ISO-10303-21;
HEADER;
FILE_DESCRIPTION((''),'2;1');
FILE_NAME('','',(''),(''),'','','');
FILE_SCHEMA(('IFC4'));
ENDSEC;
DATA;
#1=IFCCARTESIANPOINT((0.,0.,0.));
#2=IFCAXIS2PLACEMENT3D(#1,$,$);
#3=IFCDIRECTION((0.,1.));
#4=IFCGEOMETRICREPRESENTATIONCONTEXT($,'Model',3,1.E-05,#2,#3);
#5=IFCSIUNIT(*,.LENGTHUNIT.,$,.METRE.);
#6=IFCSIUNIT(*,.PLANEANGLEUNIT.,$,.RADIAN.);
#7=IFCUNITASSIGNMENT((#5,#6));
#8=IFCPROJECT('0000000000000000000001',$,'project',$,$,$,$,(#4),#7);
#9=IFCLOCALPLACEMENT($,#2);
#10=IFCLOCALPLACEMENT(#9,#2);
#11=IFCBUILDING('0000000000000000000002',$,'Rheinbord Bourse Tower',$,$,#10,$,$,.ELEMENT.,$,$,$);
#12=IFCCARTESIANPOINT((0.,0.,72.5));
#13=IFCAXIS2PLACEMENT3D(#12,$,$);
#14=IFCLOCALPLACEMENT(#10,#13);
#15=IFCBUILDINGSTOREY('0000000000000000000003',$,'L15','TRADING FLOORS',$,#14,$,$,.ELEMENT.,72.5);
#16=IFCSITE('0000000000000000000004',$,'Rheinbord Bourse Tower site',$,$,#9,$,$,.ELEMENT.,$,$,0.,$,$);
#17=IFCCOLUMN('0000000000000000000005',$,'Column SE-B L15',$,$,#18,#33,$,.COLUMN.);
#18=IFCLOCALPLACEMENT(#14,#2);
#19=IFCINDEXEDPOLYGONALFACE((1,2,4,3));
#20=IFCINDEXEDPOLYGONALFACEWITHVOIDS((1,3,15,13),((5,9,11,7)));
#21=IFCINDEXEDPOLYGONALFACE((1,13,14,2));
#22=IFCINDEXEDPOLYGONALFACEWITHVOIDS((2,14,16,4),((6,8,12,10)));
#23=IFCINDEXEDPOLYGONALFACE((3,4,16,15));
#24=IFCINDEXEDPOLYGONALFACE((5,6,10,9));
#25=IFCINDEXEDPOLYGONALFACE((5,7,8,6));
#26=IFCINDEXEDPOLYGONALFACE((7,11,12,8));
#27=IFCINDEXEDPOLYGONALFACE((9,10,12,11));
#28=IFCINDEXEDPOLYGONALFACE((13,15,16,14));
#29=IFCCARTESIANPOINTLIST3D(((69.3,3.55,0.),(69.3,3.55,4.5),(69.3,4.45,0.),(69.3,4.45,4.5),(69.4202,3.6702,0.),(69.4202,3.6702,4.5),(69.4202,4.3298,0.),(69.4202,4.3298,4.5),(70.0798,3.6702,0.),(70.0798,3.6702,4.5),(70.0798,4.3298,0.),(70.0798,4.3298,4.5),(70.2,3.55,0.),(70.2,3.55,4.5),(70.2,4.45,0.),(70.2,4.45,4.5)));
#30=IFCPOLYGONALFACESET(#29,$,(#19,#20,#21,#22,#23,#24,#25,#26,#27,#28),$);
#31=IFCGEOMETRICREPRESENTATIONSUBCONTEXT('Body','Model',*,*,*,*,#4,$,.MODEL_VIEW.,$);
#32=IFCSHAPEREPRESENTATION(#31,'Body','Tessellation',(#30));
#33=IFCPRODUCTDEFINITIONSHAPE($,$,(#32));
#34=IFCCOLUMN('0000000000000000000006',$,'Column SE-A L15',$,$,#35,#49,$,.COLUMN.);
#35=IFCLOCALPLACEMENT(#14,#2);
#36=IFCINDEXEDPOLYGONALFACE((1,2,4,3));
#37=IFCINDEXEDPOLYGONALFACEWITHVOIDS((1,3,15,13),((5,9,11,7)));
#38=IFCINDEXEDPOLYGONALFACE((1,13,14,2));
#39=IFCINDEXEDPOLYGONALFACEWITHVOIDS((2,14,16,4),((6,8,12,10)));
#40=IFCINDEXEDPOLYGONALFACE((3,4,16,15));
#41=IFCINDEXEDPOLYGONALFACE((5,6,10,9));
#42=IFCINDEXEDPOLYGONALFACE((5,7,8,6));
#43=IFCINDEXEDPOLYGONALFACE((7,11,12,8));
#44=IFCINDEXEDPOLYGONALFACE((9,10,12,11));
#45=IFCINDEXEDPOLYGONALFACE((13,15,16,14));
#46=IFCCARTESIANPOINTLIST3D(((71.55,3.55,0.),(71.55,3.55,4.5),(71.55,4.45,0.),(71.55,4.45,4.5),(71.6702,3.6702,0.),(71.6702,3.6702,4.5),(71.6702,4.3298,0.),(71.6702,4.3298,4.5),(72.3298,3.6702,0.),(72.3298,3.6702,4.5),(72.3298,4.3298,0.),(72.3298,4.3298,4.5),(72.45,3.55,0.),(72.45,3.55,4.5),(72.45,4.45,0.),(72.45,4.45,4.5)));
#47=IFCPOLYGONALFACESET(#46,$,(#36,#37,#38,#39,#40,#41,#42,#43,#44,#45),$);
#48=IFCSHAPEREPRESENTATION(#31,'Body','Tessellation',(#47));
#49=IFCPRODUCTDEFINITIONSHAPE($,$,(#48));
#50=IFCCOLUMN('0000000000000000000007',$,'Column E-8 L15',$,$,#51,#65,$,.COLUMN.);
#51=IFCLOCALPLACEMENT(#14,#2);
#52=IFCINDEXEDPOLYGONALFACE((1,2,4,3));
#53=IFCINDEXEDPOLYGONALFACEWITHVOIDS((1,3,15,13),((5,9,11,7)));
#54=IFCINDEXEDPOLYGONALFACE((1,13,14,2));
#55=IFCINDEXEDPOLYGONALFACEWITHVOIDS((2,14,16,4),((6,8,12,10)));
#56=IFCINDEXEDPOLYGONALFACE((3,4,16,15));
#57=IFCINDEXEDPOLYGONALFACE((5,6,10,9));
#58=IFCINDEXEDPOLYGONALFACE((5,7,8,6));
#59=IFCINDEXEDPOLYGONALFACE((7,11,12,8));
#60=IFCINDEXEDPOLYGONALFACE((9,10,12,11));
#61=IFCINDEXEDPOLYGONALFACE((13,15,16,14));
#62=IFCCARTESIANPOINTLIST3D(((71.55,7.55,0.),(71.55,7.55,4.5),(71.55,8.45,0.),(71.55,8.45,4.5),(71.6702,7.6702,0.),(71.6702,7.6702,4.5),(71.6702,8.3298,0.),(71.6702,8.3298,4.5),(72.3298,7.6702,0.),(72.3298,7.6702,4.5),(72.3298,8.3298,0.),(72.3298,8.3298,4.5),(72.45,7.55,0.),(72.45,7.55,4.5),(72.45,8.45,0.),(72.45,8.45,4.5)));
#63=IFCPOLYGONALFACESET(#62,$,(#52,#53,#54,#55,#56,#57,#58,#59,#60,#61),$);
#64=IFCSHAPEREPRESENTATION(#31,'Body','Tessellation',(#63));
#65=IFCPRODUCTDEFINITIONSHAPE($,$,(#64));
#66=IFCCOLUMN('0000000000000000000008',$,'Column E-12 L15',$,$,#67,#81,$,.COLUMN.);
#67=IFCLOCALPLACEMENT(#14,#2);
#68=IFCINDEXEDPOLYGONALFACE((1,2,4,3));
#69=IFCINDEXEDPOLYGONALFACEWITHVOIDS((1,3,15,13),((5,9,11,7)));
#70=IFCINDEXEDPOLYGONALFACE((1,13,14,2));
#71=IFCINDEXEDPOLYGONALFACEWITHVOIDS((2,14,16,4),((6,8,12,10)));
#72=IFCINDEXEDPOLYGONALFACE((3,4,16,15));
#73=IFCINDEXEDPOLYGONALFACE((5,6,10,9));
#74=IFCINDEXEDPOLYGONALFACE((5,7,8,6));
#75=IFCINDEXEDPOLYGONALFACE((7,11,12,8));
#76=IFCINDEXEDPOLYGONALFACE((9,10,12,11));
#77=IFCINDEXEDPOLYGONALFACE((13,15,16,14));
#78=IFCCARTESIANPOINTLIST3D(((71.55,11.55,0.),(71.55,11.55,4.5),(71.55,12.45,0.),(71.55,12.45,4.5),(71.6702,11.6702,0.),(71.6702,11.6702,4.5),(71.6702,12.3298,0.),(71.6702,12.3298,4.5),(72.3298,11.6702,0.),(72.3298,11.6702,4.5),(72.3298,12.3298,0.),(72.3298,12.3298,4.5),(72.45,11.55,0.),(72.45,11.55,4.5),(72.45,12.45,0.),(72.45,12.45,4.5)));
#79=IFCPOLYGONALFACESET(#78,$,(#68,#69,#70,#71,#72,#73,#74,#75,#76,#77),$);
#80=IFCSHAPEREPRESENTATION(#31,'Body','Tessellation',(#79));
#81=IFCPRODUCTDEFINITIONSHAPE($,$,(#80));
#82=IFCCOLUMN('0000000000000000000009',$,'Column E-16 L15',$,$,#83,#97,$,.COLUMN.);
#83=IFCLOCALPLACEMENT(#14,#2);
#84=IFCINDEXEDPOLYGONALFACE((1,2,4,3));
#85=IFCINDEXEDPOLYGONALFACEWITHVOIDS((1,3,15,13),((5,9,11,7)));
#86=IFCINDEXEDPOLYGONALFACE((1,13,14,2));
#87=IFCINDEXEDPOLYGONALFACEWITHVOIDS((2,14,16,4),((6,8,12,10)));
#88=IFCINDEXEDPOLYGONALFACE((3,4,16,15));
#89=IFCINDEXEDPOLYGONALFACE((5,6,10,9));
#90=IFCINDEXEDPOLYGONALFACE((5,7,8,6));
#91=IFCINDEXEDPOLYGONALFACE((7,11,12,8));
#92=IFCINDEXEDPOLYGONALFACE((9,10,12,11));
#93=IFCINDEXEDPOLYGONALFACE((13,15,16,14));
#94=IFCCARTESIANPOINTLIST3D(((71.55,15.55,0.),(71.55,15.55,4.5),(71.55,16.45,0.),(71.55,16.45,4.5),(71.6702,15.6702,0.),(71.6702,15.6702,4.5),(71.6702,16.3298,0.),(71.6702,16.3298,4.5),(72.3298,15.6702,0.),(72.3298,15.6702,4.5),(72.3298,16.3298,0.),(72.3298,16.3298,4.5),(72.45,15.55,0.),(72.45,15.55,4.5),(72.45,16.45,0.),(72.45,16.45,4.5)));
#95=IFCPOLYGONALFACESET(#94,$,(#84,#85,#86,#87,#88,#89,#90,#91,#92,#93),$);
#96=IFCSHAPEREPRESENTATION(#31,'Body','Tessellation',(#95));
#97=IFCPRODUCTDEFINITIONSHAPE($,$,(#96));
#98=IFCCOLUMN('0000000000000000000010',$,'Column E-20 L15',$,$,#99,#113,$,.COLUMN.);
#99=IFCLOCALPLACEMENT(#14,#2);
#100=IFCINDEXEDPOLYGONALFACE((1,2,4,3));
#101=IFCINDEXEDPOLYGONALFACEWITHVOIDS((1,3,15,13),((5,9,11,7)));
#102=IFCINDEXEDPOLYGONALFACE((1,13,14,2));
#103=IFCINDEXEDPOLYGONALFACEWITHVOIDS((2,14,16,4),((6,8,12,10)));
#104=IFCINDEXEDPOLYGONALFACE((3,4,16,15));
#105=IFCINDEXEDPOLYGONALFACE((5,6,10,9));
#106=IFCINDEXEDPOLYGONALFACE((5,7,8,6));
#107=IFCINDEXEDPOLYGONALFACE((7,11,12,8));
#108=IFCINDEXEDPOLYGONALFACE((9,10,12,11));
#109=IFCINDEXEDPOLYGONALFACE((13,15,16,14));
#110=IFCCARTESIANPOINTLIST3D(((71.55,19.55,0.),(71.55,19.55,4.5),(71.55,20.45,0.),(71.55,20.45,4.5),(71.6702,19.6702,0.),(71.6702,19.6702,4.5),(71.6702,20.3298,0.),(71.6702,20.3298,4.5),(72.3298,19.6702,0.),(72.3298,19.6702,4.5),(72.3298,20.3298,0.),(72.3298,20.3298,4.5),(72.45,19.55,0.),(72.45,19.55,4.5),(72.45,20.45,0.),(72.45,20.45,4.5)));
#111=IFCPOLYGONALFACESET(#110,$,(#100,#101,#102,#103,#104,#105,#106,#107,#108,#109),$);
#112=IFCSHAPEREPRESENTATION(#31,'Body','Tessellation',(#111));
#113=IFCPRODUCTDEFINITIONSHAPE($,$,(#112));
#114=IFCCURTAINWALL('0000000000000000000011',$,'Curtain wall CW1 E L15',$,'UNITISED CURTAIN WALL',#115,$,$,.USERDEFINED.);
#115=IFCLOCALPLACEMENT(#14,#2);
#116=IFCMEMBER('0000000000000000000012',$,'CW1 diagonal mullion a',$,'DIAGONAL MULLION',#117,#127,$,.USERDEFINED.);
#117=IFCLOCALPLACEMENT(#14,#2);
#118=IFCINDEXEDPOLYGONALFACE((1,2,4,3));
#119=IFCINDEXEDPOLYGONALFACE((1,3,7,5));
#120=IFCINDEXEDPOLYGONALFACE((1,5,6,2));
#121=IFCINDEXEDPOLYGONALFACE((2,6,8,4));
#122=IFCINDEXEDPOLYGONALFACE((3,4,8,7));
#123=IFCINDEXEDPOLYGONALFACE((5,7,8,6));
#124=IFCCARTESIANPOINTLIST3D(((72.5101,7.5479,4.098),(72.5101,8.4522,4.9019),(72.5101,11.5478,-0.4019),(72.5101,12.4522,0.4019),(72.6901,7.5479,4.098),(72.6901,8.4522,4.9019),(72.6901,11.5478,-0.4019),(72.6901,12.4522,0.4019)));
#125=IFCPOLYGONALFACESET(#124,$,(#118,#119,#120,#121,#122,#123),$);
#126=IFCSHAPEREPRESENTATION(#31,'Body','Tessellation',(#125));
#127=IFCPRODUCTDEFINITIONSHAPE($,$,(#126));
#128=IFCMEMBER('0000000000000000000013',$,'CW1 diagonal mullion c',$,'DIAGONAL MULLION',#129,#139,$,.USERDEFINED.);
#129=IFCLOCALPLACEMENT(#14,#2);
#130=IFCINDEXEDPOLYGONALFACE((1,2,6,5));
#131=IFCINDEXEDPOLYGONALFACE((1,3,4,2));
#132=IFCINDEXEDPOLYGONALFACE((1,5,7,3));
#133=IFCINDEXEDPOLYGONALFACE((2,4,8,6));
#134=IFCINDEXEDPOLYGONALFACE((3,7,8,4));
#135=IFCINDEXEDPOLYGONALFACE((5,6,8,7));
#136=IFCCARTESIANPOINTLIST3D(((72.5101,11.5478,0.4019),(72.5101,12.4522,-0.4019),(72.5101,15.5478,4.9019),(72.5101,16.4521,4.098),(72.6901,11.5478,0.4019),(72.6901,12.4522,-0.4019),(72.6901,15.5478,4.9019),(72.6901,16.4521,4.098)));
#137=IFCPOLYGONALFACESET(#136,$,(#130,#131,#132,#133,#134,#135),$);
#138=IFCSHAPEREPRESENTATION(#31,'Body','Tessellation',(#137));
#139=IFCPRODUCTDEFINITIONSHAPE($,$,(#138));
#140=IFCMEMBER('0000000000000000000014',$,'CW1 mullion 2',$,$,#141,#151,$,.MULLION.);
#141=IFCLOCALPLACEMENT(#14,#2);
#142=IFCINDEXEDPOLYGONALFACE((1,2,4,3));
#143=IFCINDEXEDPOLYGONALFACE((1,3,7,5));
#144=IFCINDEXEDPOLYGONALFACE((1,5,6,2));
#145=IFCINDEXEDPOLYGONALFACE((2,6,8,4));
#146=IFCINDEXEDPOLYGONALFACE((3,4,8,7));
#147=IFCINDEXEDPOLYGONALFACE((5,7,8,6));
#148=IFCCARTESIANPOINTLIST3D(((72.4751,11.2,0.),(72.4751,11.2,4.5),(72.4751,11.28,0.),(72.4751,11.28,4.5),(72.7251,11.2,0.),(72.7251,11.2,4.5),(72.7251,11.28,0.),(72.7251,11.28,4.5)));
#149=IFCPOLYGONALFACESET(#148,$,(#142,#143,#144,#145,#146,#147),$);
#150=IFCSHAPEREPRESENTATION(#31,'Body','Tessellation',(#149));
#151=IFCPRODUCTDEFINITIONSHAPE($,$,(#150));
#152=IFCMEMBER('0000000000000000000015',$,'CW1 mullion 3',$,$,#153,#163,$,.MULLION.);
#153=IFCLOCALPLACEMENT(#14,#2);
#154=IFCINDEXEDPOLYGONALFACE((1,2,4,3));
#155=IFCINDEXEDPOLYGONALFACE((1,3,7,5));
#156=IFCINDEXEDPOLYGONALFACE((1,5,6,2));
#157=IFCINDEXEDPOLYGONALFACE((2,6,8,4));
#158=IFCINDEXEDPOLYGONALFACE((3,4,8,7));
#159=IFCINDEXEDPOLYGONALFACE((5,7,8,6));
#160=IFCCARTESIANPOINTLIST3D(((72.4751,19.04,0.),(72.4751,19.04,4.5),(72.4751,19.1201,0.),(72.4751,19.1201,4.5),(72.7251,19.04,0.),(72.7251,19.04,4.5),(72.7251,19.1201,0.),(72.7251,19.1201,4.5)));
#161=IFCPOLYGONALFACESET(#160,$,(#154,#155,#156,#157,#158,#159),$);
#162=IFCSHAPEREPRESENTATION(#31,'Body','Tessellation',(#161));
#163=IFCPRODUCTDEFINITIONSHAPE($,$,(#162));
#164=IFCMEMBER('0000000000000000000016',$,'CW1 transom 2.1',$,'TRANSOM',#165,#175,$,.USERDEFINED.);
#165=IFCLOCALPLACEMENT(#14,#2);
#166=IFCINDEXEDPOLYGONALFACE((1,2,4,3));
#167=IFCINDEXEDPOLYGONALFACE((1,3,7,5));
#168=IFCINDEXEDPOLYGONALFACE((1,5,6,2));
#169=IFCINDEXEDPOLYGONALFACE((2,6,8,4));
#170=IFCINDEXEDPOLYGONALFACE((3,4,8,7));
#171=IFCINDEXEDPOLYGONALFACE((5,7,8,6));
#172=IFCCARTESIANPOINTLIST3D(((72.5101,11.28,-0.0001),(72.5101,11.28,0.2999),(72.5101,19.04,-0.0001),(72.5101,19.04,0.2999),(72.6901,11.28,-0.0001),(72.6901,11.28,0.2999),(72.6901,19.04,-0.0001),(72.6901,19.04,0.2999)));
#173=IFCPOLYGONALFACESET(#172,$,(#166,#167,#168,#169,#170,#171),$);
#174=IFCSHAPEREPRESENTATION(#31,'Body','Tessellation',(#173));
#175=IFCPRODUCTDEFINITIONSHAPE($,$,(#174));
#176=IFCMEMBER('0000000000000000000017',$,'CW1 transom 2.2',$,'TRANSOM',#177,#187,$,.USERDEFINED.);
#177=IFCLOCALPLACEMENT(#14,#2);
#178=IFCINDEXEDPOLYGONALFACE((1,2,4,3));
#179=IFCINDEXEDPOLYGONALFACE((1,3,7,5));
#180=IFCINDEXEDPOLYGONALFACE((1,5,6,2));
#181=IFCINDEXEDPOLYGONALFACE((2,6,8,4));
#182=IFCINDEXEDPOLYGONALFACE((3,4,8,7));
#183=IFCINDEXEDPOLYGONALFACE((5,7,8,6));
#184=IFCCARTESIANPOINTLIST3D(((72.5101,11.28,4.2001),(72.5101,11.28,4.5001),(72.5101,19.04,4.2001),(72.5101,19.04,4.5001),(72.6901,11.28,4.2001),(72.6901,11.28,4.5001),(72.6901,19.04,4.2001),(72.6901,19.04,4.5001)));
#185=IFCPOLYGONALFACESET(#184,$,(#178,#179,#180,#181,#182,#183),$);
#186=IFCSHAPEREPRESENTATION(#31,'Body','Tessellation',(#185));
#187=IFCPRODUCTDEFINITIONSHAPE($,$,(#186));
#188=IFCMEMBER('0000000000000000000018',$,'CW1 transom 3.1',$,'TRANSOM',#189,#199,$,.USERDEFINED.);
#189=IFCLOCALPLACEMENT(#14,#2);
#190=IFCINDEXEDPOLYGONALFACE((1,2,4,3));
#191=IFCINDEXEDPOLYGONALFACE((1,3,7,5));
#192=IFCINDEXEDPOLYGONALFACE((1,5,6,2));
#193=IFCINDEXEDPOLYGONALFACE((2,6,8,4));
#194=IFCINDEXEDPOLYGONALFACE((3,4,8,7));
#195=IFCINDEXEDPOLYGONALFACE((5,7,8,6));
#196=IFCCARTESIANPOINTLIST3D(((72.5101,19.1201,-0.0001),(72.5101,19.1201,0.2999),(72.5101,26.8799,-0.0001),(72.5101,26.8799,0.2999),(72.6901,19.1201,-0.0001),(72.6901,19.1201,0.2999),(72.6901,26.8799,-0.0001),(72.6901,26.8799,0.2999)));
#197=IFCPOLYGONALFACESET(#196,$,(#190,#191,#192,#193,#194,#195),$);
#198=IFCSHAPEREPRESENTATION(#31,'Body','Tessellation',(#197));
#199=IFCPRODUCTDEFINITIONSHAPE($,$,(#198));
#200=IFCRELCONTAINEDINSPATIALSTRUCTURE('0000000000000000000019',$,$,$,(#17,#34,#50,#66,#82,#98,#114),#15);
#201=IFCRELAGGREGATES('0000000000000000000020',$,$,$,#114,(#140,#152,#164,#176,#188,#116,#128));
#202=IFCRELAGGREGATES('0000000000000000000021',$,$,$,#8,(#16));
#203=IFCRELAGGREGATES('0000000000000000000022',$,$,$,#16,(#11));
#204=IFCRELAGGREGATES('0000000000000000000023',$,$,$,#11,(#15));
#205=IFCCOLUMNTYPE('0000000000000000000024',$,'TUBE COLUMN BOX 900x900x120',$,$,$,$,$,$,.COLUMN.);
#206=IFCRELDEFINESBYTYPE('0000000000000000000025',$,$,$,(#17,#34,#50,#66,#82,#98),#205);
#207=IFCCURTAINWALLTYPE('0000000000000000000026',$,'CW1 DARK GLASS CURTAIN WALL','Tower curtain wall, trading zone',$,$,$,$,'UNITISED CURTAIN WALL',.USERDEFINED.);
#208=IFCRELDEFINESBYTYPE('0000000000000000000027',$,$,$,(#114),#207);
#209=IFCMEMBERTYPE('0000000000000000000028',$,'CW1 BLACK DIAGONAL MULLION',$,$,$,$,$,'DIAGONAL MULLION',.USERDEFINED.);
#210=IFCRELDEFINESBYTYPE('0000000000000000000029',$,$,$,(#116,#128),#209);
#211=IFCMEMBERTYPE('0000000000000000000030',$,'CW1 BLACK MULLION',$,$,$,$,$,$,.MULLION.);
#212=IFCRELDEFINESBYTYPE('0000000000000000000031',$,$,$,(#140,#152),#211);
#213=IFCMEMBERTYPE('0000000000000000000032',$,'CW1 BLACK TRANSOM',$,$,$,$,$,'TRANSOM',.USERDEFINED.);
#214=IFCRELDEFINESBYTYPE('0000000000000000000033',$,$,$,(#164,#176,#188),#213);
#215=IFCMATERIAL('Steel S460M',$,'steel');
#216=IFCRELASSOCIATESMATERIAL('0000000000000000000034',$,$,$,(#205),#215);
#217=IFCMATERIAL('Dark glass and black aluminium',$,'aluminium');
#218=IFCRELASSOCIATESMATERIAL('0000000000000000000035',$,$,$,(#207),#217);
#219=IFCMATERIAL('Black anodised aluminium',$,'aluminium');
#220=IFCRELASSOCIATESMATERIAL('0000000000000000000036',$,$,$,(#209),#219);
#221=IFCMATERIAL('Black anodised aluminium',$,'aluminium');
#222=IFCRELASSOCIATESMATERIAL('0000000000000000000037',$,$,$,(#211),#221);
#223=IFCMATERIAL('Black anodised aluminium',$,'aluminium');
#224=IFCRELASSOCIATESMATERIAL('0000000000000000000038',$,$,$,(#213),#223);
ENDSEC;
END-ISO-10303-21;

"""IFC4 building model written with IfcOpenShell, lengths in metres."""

from ifc_helpers import new_model, si_unit, direction, frame, origin, origin_2d, place, context, subcontext, project, spatial, rectangle, hollow_rectangle, extrude, material, material_profile, profile_set, type_object, element, aggregate, save


model = new_model("IFC4")

# Units and contexts
model_context = context("Model", 3, precision=1e-05, world=origin(), true_north=direction((0.0, 1.0)))
body_context = subcontext(model_context, "Body", "Model", "MODEL_VIEW")
ifc_project = project(units=[si_unit("LENGTHUNIT", "METRE"), si_unit("PLANEANGLEUNIT", "RADIAN")], contexts=[model_context])

# Site, building, storey
site_placement = place(None, origin())
site = spatial("IfcSite", under=ifc_project, at=site_placement, Name="Rheinbord Bourse Tower site", CompositionType="ELEMENT", RefElevation=0.0)
building_placement = place(site_placement, origin())
building = spatial("IfcBuilding", under=site, at=building_placement, Name="Rheinbord Bourse Tower", CompositionType="ELEMENT")
storey_placement = place(building_placement, frame((0.0, 0.0, 72.5)))
storey = spatial("IfcBuildingStorey", under=building, at=storey_placement, Name="L15", Description="TRADING FLOORS", CompositionType="ELEMENT", Elevation=72.5)

# Columns
ifc_material_1 = material(Name="Steel S460M", Category="steel")
ifc_material_profile_1 = material_profile(ifc_material_1, hollow_rectangle(XDim=0.8999, YDim=0.8999, WallThickness=0.1201, at=origin_2d()), Name="BOX 900x900x120")
ifc_profile_set_1 = profile_set([ifc_material_profile_1], Name="Steel S460M")
column_type = type_object("IfcColumnType", Name="TUBE COLUMN BOX 900x900x120", PredefinedType="COLUMN", material=ifc_profile_set_1)
for number, where, z_axis, x_axis, name in (
    (1, (69.75, 4.0, 0.0), (0.0, 0.0, 1.0), (1.0, 0.0, 0.0), "Column SE-B L15"),
    (2, (72.0, 4.0, 0.0), (0.0, 0.0, 1.0), (1.0, 0.0, 0.0), "Column SE-A L15"),
    (3, (72.0, 8.0, 0.0), (0.0, 0.0, 1.0), (1.0, 0.0, 0.0), "Column E-8 L15"),
    (4, (72.0, 12.0, 0.0), (0.0, 0.0, 1.0), (1.0, 0.0, 0.0), "Column E-12 L15"),
    (5, (72.0, 16.0, 0.0), (0.0, 0.0, 1.0), (1.0, 0.0, 0.0), "Column E-16 L15"),
    (6, (72.0, 20.0, 0.0), (0.0, 0.0, 1.0), (1.0, 0.0, 0.0), "Column E-20 L15"),
):
    element("IfcColumn", number, at=place(storey_placement, frame(where, z_axis=z_axis, x_axis=x_axis)), inside=storey, type_object=column_type, Name=name, PredefinedType="COLUMN", context=body_context, shape_type="SweptSolid", body=[
        extrude(hollow_rectangle(XDim=0.8999, YDim=0.8999, WallThickness=0.1201, at=origin_2d()), origin(), (0.0, 0.0, 1.0), 4.5),
    ])

# Curtain wall, members
ifc_material_2 = material(Name="Dark glass and black aluminium", Category="aluminium")
curtain_wall_type = type_object("IfcCurtainWallType", Name="CW1 DARK GLASS CURTAIN WALL", Description="Tower curtain wall, trading zone", ElementType="UNITISED CURTAIN WALL", PredefinedType="USERDEFINED", material=ifc_material_2)
curtain_wall_placement = place(storey_placement, origin())
curtain_wall = element("IfcCurtainWall", 7, at=curtain_wall_placement, inside=storey, type_object=curtain_wall_type, Name="Curtain wall CW1 E L15", ObjectType="UNITISED CURTAIN WALL", PredefinedType="USERDEFINED")
ifc_material_3 = material(Name="Black anodised aluminium", Category="aluminium")
ifc_material_profile_2 = material_profile(ifc_material_3, rectangle(XDim=0.1799, YDim=1.21, at=origin_2d()), Name="CW1 DIAGONAL MULLION 1210x180")
ifc_profile_set_2 = profile_set([ifc_material_profile_2], Name="Black anodised aluminium")
member_type_1 = type_object("IfcMemberType", Name="CW1 BLACK DIAGONAL MULLION", ElementType="DIAGONAL MULLION", PredefinedType="USERDEFINED", material=ifc_profile_set_2)
member_1_placement = place(storey_placement, frame((72.6001, 12.0, 0.0), z_axis=(0.0, -0.664364, 0.747409), x_axis=(1.0, 0.0, 0.0)))
member_1 = element("IfcMember", 8, at=member_1_placement, type_object=member_type_1, Name="CW1 diagonal mullion a", ObjectType="DIAGONAL MULLION", PredefinedType="USERDEFINED", context=body_context, shape_type="SweptSolid", body=[
    extrude(rectangle(XDim=0.1799, YDim=1.21, at=origin_2d()), origin(), (0.0, 0.0, 1.0), 6.0208),
])
member_2_placement = place(storey_placement, frame((72.6001, 12.0, 0.0), z_axis=(0.0, 0.664364, 0.747409), x_axis=(-1.0, 0.0, 0.0)))
member_2 = element("IfcMember", 9, at=member_2_placement, type_object=member_type_1, Name="CW1 diagonal mullion c", ObjectType="DIAGONAL MULLION", PredefinedType="USERDEFINED", context=body_context, shape_type="SweptSolid", body=[
    extrude(rectangle(XDim=0.1799, YDim=1.21, at=origin_2d()), origin(), (0.0, 0.0, 1.0), 6.0208),
])
ifc_material_4 = material(Name="Black anodised aluminium", Category="aluminium")
ifc_material_profile_3 = material_profile(ifc_material_4, rectangle(XDim=0.25, YDim=0.0801, at=origin_2d()), Name="CW1 MULLION 80x250")
ifc_profile_set_3 = profile_set([ifc_material_profile_3], Name="Black anodised aluminium")
member_type_2 = type_object("IfcMemberType", Name="CW1 BLACK MULLION", PredefinedType="MULLION", material=ifc_profile_set_3)
member_3_placement = place(storey_placement, frame((72.6001, 11.24, 0.0), z_axis=(0.0, 0.0, 1.0), x_axis=(-1.0, 0.0, 0.0)))
member_3 = element("IfcMember", 10, at=member_3_placement, type_object=member_type_2, Name="CW1 mullion 2", PredefinedType="MULLION", context=body_context, shape_type="SweptSolid", body=[
    extrude(rectangle(XDim=0.25, YDim=0.0801, at=origin_2d()), origin(), (0.0, 0.0, 1.0), 4.5),
])
member_4_placement = place(storey_placement, frame((72.6001, 19.0801, 0.0), z_axis=(0.0, 0.0, 1.0), x_axis=(-1.0, 0.0, 0.0)))
member_4 = element("IfcMember", 11, at=member_4_placement, type_object=member_type_2, Name="CW1 mullion 3", PredefinedType="MULLION", context=body_context, shape_type="SweptSolid", body=[
    extrude(rectangle(XDim=0.25, YDim=0.0801, at=origin_2d()), origin(), (0.0, 0.0, 1.0), 4.5),
])
ifc_material_5 = material(Name="Black anodised aluminium", Category="aluminium")
ifc_material_profile_4 = material_profile(ifc_material_5, rectangle(XDim=0.1799, YDim=0.3, at=origin_2d()), Name="CW1 TRANSOM 300x180")
ifc_profile_set_4 = profile_set([ifc_material_profile_4], Name="Black anodised aluminium")
member_type_3 = type_object("IfcMemberType", Name="CW1 BLACK TRANSOM", ElementType="TRANSOM", PredefinedType="USERDEFINED", material=ifc_profile_set_4)
member_5_placement = place(storey_placement, frame((72.6001, 11.28, 0.1499), z_axis=(0.0, 1.0, 0.0), x_axis=(-1.0, 0.0, 0.0)))
member_5 = element("IfcMember", 12, at=member_5_placement, type_object=member_type_3, Name="CW1 transom 2.1", ObjectType="TRANSOM", PredefinedType="USERDEFINED", context=body_context, shape_type="SweptSolid", body=[
    extrude(rectangle(XDim=0.1799, YDim=0.3, at=origin_2d()), origin(), (0.0, 0.0, 1.0), 7.76),
])
member_6_placement = place(storey_placement, frame((72.6001, 11.28, 4.3501), z_axis=(0.0, 1.0, 0.0), x_axis=(-1.0, 0.0, 0.0)))
member_6 = element("IfcMember", 13, at=member_6_placement, type_object=member_type_3, Name="CW1 transom 2.2", ObjectType="TRANSOM", PredefinedType="USERDEFINED", context=body_context, shape_type="SweptSolid", body=[
    extrude(rectangle(XDim=0.1799, YDim=0.3, at=origin_2d()), origin(), (0.0, 0.0, 1.0), 7.76),
])
member_7_placement = place(storey_placement, frame((72.6001, 19.1201, 0.1499), z_axis=(0.0, 1.0, 0.0), x_axis=(-1.0, 0.0, 0.0)))
member_7 = element("IfcMember", 14, at=member_7_placement, type_object=member_type_3, Name="CW1 transom 3.1", ObjectType="TRANSOM", PredefinedType="USERDEFINED", context=body_context, shape_type="SweptSolid", body=[
    extrude(rectangle(XDim=0.1799, YDim=0.3, at=origin_2d()), origin(), (0.0, 0.0, 1.0), 7.7598),
])

aggregate(curtain_wall, [member_3, member_4, member_5, member_6, member_7, member_1, member_2])

save(model, "model.ifc")
